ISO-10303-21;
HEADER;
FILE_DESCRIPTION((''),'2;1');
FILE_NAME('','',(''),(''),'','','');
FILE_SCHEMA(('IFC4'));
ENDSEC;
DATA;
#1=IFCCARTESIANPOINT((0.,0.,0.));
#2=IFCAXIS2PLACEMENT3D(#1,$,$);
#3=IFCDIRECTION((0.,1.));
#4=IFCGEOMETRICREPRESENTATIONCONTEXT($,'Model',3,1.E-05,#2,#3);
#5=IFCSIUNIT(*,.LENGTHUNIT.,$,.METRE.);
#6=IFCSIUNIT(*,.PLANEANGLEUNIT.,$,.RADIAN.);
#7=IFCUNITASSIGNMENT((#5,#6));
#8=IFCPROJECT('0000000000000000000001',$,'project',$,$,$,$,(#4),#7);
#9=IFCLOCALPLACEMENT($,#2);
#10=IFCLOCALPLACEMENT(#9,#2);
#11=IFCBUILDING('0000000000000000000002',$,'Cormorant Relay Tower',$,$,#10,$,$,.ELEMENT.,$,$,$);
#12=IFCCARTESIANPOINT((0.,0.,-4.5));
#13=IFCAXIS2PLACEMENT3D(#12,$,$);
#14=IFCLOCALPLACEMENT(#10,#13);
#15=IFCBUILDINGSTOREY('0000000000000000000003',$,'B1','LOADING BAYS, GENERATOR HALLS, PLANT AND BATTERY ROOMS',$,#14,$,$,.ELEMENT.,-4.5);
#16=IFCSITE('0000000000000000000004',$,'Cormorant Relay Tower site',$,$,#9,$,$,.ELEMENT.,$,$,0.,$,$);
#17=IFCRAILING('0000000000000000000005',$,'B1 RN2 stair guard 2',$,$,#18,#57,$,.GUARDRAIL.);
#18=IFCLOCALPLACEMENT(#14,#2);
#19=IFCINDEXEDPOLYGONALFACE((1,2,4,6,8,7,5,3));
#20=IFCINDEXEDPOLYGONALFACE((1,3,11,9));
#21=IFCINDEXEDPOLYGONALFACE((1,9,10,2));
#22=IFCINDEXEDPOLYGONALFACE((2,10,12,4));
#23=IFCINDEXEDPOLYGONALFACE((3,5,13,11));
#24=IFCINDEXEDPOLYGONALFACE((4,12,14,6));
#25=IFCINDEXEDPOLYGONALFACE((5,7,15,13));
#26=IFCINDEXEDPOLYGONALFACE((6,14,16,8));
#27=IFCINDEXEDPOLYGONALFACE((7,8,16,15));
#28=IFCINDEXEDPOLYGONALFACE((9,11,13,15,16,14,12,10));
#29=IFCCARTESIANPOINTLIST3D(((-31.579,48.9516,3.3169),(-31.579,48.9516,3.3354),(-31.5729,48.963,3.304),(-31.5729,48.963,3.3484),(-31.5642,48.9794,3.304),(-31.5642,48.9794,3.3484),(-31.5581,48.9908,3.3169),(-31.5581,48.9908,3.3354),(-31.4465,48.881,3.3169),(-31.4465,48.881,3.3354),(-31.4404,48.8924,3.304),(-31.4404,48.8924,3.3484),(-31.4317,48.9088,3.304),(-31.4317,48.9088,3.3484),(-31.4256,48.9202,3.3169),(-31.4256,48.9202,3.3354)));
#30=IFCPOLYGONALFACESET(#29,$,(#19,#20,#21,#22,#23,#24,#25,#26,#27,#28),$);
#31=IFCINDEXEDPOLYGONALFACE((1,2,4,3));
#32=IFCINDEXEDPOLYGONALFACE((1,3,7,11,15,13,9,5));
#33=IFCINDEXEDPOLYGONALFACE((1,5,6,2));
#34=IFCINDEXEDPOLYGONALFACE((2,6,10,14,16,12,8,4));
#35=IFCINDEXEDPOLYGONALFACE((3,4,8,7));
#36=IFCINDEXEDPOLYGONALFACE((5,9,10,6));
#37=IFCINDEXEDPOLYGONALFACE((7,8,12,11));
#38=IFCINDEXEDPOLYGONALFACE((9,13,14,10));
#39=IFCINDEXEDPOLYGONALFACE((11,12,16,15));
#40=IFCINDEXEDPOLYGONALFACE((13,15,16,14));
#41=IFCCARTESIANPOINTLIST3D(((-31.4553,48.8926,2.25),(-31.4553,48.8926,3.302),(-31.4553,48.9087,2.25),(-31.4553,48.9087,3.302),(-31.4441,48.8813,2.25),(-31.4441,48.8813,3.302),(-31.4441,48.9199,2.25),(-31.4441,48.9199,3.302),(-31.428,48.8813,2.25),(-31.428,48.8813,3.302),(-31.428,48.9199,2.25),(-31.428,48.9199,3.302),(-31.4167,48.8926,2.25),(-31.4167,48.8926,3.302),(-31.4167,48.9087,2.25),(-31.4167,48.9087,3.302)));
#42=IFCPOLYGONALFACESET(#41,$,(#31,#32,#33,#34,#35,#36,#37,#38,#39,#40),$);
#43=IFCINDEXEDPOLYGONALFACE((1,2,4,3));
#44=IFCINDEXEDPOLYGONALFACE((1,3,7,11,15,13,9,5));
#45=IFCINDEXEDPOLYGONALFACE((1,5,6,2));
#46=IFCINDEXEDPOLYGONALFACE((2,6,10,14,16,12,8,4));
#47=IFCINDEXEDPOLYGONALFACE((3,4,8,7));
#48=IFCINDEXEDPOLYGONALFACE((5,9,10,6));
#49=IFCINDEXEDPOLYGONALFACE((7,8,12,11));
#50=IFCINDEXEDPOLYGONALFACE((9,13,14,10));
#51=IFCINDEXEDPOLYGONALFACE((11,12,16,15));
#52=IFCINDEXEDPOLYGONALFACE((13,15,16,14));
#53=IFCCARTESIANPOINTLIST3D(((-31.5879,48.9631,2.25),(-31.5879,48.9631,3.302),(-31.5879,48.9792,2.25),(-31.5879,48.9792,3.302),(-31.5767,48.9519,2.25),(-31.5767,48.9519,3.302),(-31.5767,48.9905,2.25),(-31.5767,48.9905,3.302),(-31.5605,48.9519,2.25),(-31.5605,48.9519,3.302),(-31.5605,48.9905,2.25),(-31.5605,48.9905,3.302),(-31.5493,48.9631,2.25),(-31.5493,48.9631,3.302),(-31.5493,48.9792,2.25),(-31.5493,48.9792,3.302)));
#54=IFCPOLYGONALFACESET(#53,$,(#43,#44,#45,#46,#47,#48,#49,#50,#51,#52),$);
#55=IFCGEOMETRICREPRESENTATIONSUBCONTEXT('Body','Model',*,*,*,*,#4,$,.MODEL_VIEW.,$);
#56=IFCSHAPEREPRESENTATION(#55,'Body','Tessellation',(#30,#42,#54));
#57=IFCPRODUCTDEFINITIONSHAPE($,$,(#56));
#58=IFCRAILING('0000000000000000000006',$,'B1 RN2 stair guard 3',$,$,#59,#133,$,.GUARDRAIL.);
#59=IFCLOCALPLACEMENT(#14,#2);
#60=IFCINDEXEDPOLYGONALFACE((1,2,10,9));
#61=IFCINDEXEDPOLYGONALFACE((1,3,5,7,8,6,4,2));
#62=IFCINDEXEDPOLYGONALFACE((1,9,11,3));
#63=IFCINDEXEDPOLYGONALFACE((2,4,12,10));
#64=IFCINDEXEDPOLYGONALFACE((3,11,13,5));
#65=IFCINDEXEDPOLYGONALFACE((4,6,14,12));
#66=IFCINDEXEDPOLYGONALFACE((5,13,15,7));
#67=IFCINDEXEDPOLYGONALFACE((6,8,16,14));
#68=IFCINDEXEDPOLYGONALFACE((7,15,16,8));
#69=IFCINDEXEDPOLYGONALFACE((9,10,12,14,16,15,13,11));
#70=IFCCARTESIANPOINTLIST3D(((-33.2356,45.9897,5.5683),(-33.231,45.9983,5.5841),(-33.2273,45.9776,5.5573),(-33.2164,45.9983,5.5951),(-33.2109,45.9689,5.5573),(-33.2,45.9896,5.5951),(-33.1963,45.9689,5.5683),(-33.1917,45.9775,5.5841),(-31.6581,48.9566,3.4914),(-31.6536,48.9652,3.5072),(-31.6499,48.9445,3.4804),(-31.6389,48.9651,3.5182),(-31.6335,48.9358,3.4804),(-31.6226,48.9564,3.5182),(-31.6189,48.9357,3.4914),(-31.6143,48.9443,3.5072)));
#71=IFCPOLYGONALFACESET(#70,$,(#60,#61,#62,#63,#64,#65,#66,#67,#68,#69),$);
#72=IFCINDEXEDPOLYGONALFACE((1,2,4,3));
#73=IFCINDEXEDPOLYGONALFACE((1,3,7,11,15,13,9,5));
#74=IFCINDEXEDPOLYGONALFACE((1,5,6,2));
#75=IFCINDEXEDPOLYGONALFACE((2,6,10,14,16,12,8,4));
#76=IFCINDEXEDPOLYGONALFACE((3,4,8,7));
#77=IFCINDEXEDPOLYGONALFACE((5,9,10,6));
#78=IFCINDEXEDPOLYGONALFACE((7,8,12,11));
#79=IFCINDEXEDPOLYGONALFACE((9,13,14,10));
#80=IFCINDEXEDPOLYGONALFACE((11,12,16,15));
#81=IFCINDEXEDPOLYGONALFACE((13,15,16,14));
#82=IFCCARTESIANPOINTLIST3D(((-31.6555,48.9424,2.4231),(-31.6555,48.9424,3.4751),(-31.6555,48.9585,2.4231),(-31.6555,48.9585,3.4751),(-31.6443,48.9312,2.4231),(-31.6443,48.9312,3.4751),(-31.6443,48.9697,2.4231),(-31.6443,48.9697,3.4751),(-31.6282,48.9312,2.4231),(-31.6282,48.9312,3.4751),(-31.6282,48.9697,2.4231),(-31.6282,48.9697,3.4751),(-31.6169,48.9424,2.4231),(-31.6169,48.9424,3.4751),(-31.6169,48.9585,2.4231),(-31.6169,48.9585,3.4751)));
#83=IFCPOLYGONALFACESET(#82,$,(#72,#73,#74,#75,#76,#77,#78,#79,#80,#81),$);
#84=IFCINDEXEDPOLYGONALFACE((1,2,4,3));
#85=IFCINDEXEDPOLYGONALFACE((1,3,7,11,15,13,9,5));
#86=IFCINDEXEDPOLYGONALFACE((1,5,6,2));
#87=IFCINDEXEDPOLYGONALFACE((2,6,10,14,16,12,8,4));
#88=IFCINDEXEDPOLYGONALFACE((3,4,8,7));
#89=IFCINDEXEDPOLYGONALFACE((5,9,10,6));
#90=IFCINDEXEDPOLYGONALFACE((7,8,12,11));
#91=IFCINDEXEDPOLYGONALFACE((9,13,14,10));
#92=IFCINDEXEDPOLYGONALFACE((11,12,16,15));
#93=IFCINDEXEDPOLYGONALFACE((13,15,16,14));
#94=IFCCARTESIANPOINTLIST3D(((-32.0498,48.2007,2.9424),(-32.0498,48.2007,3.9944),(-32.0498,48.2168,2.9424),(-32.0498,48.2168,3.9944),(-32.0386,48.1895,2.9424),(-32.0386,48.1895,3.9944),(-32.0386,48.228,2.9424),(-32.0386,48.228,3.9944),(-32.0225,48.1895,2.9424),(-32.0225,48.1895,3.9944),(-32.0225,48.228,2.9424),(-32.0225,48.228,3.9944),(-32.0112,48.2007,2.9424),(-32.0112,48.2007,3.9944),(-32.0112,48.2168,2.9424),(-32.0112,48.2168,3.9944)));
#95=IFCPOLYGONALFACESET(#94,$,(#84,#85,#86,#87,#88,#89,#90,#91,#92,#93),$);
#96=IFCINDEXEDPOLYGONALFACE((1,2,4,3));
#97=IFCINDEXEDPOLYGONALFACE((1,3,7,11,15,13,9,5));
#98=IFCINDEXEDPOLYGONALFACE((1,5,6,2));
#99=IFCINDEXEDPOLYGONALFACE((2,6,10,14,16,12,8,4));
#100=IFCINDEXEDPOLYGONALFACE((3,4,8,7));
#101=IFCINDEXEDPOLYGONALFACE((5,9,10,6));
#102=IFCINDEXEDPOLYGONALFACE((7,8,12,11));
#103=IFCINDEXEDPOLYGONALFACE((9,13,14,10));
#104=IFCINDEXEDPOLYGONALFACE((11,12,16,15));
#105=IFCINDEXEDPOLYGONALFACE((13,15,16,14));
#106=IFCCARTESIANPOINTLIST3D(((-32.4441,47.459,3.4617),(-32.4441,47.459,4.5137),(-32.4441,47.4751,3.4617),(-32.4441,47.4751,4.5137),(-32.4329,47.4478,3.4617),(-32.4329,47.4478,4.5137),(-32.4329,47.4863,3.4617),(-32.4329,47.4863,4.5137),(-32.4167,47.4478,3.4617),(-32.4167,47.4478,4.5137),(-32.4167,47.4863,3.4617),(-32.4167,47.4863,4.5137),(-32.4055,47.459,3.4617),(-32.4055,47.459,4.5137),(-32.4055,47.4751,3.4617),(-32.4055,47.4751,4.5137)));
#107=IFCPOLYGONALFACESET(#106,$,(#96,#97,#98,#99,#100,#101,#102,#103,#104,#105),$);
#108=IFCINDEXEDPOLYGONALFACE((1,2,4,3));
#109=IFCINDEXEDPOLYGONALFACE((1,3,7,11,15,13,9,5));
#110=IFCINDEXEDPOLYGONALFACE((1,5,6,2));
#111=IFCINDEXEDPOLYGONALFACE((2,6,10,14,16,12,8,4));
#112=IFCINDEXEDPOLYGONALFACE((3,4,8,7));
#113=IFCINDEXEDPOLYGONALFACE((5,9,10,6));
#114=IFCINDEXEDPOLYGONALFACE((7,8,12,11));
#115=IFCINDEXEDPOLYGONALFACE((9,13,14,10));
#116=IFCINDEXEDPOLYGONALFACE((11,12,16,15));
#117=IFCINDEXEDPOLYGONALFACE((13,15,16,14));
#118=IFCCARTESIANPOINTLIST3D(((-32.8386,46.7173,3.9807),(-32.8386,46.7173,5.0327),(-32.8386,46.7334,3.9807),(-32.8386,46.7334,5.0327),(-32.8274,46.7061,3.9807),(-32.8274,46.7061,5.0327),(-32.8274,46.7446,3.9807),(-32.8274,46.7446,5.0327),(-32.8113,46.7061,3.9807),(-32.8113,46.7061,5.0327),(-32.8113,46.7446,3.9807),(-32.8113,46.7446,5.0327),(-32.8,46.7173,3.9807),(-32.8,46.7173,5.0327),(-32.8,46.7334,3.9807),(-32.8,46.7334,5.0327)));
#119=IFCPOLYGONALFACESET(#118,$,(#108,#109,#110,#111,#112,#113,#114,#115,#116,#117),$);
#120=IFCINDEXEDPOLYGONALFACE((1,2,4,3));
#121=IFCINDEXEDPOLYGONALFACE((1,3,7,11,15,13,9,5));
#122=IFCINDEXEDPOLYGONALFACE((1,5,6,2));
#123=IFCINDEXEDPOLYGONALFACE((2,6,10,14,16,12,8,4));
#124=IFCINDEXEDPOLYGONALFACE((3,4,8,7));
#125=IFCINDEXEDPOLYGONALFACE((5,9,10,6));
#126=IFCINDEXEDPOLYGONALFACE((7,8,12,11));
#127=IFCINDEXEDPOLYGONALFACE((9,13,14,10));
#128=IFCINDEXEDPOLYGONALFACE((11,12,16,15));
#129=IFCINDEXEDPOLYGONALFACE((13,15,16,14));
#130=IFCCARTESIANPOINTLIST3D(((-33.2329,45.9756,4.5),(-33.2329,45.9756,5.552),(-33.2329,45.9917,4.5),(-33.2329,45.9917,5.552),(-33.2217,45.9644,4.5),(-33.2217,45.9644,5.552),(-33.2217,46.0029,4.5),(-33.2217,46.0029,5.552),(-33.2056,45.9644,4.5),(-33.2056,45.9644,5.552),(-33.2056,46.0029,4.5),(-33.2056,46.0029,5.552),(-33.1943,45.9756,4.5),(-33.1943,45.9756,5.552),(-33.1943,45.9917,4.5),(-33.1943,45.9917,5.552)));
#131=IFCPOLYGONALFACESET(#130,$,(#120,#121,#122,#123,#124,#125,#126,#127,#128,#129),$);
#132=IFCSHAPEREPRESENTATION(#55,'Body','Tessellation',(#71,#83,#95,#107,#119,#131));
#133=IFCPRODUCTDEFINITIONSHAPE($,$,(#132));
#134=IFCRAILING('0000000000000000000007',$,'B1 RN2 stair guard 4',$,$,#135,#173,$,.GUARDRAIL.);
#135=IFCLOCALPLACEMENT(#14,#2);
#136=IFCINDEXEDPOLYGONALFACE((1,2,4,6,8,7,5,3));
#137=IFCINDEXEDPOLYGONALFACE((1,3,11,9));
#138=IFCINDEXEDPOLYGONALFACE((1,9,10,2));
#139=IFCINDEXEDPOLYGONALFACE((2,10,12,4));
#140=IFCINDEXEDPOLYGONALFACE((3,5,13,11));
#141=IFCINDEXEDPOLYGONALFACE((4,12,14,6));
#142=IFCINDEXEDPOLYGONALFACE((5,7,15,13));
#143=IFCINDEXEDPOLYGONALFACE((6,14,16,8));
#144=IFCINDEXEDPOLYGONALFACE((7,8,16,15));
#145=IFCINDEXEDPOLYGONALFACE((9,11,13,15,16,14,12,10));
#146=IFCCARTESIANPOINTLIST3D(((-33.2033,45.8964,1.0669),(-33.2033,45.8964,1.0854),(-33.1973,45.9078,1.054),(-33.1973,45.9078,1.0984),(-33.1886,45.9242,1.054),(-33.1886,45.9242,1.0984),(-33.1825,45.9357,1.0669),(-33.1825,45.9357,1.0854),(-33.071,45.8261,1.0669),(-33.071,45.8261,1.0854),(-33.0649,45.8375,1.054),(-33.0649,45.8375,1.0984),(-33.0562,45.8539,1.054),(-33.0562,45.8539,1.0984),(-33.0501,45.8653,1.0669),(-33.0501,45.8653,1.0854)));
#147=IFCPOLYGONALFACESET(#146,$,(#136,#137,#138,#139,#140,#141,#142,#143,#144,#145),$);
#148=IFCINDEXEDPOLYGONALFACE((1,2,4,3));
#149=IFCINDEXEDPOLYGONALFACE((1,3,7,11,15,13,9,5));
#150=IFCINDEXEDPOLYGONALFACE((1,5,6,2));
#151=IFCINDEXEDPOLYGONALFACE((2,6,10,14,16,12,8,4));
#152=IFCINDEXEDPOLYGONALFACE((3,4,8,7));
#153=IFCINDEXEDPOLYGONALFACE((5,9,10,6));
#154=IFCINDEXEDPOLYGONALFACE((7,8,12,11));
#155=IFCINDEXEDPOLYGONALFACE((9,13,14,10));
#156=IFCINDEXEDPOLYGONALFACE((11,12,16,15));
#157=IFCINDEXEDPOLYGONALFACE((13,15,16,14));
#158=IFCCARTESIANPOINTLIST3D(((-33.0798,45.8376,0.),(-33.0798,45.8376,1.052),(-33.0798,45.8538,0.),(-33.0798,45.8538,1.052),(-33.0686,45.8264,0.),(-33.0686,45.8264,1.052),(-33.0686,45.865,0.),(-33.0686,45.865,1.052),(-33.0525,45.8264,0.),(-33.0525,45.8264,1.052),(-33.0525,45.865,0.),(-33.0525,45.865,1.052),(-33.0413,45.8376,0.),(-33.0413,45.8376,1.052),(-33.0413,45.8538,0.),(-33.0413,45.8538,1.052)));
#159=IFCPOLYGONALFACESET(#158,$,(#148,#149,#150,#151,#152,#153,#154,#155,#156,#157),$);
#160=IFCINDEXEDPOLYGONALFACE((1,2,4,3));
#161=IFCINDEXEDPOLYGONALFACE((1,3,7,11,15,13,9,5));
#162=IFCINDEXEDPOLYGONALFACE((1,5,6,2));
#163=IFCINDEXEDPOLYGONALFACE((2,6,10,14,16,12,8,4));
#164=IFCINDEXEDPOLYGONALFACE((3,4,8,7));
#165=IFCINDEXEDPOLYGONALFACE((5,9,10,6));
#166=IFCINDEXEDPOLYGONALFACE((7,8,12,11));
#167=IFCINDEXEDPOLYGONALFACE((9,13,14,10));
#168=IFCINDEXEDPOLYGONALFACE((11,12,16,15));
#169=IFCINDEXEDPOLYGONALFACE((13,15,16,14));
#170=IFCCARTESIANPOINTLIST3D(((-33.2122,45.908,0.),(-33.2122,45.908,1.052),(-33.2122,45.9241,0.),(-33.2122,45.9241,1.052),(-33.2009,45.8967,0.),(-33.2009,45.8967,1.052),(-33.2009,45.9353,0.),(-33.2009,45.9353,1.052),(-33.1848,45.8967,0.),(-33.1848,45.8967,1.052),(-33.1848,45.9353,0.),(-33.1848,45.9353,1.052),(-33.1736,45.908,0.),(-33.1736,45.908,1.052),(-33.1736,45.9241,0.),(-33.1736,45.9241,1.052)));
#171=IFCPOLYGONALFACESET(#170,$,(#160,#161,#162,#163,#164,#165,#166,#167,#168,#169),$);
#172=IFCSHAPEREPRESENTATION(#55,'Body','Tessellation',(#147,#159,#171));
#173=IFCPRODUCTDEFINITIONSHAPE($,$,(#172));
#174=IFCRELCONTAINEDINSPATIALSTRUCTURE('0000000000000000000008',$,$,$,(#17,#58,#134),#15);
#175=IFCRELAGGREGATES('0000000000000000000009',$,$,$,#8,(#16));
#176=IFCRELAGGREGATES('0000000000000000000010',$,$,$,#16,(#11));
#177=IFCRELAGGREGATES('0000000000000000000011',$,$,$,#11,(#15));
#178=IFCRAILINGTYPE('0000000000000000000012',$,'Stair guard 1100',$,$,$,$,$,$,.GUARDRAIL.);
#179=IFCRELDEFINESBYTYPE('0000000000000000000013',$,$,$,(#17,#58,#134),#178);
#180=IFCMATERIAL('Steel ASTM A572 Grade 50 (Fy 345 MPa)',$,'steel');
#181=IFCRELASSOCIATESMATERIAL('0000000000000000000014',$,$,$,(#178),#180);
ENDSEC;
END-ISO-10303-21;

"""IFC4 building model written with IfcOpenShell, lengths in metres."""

from ifc_helpers import new_model, si_unit, direction, frame, origin, place, context, subcontext, project, spatial, polyline, outline, extrude, material, type_object, element, save


model = new_model("IFC4")

# Units and contexts
model_context = context("Model", 3, precision=1e-05, world=origin(), true_north=direction((0.0, 1.0)))
body_context = subcontext(model_context, "Body", "Model", "MODEL_VIEW")
ifc_project = project(units=[si_unit("LENGTHUNIT", "METRE"), si_unit("PLANEANGLEUNIT", "RADIAN")], contexts=[model_context])

# Site, building, storey
site_placement = place(None, origin())
site = spatial("IfcSite", under=ifc_project, at=site_placement, Name="Cormorant Relay Tower site", CompositionType="ELEMENT", RefElevation=0.0)
building_placement = place(site_placement, origin())
building = spatial("IfcBuilding", under=site, at=building_placement, Name="Cormorant Relay Tower", CompositionType="ELEMENT")
storey_placement = place(building_placement, frame((0.0, 0.0, -4.5)))
storey = spatial("IfcBuildingStorey", under=building, at=storey_placement, Name="B1", Description="LOADING BAYS, GENERATOR HALLS, PLANT AND BATTERY ROOMS", CompositionType="ELEMENT", Elevation=-4.5)

# Railings
ifc_material_1 = material(Name="Steel ASTM A572 Grade 50 (Fy 345 MPa)", Category="steel")
railing_type_1 = type_object("IfcRailingType", Name="Stair guard 1100", PredefinedType="GUARDRAIL", material=ifc_material_1)
railing_1_placement = place(storey_placement, frame((-31.436, 48.9006, 2.25)))
element("IfcRailing", 1, at=railing_1_placement, inside=storey, type_object=railing_type_1, Name="B1 RN2 stair guard 2", PredefinedType="GUARDRAIL", context=body_context, shape_type="SweptSolid", body=[
    extrude(outline(polyline([(0.0222, 0.0093), (0.0093, 0.0222), (-0.0093, 0.0222), (-0.0222, 0.0093), (-0.0222, -0.0093), (-0.0093, -0.0222), (0.0093, -0.0222), (0.0222, -0.0093), (0.0222, 0.0093)])), frame((0.0, 0.0, 1.0762), z_axis=(-0.882758, 0.469829, 0.0), x_axis=(-0.469829, -0.882758, 0.0)), (0.0, 0.0, 1.0), 0.1501),
    extrude(outline(polyline([(0.0193, 0.0081), (0.0081, 0.0193), (-0.0081, 0.0193), (-0.0193, 0.0081), (-0.0193, -0.0081), (-0.0081, -0.0193), (0.0081, -0.0193), (0.0193, -0.0081), (0.0193, 0.0081)])), origin(), (0.0, 0.0, 1.0), 1.052),
    extrude(outline(polyline([(0.0193, 0.0081), (0.0081, 0.0193), (-0.0081, 0.0193), (-0.0193, 0.0081), (-0.0193, -0.0081), (-0.0081, -0.0193), (0.0081, -0.0193), (0.0193, -0.0081), (0.0193, 0.0081)])), frame((-0.1326, 0.0706, 0.0)), (0.0, 0.0, 1.0), 1.052),
])
railing_2_placement = place(storey_placement, frame((-31.6362, 48.9504, 2.4231)))
element("IfcRailing", 2, at=railing_2_placement, inside=storey, type_object=railing_type_1, Name="B1 RN2 stair guard 3", PredefinedType="GUARDRAIL", context=body_context, shape_type="SweptSolid", body=[
    extrude(outline(polyline([(0.0222, 0.0093), (0.0093, 0.0222), (-0.0093, 0.0222), (-0.0222, 0.0093), (-0.0222, -0.0093), (-0.0093, -0.0222), (0.0093, -0.0222), (0.0222, -0.0093), (0.0222, 0.0093)])), frame((0.0, 0.0, 1.0762), z_axis=(-0.399326, -0.751062, 0.52578), x_axis=(0.882958, -0.469453, 0.0)), (0.0, 0.0, 1.0), 3.9502),
    extrude(outline(polyline([(0.0193, 0.0081), (0.0081, 0.0193), (-0.0081, 0.0193), (-0.0193, 0.0081), (-0.0193, -0.0081), (-0.0081, -0.0193), (0.0081, -0.0193), (0.0193, -0.0081), (0.0193, 0.0081)])), origin(), (0.0, 0.0, 1.0), 1.052),
    extrude(outline(polyline([(0.0193, 0.0081), (0.0081, 0.0193), (-0.0081, 0.0193), (-0.0193, 0.0081), (-0.0193, -0.0081), (-0.0081, -0.0193), (0.0081, -0.0193), (0.0193, -0.0081), (0.0193, 0.0081)])), frame((-0.3943, -0.7417, 0.5193)), (0.0, 0.0, 1.0), 1.052),
    extrude(outline(polyline([(0.0193, 0.0081), (0.0081, 0.0193), (-0.0081, 0.0193), (-0.0193, 0.0081), (-0.0193, -0.0081), (-0.0081, -0.0193), (0.0081, -0.0193), (0.0193, -0.0081), (0.0193, 0.0081)])), frame((-0.7886, -1.4834, 1.0386)), (0.0, 0.0, 1.0), 1.052),
    extrude(outline(polyline([(0.0193, 0.0081), (0.0081, 0.0193), (-0.0081, 0.0193), (-0.0193, 0.0081), (-0.0193, -0.0081), (-0.0081, -0.0193), (0.0081, -0.0193), (0.0193, -0.0081), (0.0193, 0.0081)])), frame((-1.1831, -2.2251, 1.5576)), (0.0, 0.0, 1.0), 1.052),
    extrude(outline(polyline([(0.0193, 0.0081), (0.0081, 0.0193), (-0.0081, 0.0193), (-0.0193, 0.0081), (-0.0193, -0.0081), (-0.0081, -0.0193), (0.0081, -0.0193), (0.0193, -0.0081), (0.0193, 0.0081)])), frame((-1.5774, -2.9668, 2.0769)), (0.0, 0.0, 1.0), 1.052),
])
railing_3_placement = place(storey_placement, frame((-33.0605, 45.8457, 0.0)))
element("IfcRailing", 3, at=railing_3_placement, inside=storey, type_object=railing_type_1, Name="B1 RN2 stair guard 4", PredefinedType="GUARDRAIL", context=body_context, shape_type="SweptSolid", body=[
    extrude(outline(polyline([(0.0222, 0.0093), (0.0093, 0.0222), (-0.0093, 0.0222), (-0.0222, 0.0093), (-0.0222, -0.0093), (-0.0093, -0.0222), (0.0093, -0.0222), (0.0222, -0.0093), (0.0222, 0.0093)])), frame((0.0, 0.0, 1.0762), z_axis=(-0.883074, 0.469235, 0.0), x_axis=(-0.469235, -0.883074, 0.0)), (0.0, 0.0, 1.0), 0.1499),
    extrude(outline(polyline([(0.0193, 0.0081), (0.0081, 0.0193), (-0.0081, 0.0193), (-0.0193, 0.0081), (-0.0193, -0.0081), (-0.0081, -0.0193), (0.0081, -0.0193), (0.0193, -0.0081), (0.0193, 0.0081)])), origin(), (0.0, 0.0, 1.0), 1.052),
    extrude(outline(polyline([(0.0193, 0.0081), (0.0081, 0.0193), (-0.0081, 0.0193), (-0.0193, 0.0081), (-0.0193, -0.0081), (-0.0081, -0.0193), (0.0081, -0.0193), (0.0193, -0.0081), (0.0193, 0.0081)])), frame((-0.1323, 0.0703, 0.0)), (0.0, 0.0, 1.0), 1.052),
])

save(model, "model.ifc")
